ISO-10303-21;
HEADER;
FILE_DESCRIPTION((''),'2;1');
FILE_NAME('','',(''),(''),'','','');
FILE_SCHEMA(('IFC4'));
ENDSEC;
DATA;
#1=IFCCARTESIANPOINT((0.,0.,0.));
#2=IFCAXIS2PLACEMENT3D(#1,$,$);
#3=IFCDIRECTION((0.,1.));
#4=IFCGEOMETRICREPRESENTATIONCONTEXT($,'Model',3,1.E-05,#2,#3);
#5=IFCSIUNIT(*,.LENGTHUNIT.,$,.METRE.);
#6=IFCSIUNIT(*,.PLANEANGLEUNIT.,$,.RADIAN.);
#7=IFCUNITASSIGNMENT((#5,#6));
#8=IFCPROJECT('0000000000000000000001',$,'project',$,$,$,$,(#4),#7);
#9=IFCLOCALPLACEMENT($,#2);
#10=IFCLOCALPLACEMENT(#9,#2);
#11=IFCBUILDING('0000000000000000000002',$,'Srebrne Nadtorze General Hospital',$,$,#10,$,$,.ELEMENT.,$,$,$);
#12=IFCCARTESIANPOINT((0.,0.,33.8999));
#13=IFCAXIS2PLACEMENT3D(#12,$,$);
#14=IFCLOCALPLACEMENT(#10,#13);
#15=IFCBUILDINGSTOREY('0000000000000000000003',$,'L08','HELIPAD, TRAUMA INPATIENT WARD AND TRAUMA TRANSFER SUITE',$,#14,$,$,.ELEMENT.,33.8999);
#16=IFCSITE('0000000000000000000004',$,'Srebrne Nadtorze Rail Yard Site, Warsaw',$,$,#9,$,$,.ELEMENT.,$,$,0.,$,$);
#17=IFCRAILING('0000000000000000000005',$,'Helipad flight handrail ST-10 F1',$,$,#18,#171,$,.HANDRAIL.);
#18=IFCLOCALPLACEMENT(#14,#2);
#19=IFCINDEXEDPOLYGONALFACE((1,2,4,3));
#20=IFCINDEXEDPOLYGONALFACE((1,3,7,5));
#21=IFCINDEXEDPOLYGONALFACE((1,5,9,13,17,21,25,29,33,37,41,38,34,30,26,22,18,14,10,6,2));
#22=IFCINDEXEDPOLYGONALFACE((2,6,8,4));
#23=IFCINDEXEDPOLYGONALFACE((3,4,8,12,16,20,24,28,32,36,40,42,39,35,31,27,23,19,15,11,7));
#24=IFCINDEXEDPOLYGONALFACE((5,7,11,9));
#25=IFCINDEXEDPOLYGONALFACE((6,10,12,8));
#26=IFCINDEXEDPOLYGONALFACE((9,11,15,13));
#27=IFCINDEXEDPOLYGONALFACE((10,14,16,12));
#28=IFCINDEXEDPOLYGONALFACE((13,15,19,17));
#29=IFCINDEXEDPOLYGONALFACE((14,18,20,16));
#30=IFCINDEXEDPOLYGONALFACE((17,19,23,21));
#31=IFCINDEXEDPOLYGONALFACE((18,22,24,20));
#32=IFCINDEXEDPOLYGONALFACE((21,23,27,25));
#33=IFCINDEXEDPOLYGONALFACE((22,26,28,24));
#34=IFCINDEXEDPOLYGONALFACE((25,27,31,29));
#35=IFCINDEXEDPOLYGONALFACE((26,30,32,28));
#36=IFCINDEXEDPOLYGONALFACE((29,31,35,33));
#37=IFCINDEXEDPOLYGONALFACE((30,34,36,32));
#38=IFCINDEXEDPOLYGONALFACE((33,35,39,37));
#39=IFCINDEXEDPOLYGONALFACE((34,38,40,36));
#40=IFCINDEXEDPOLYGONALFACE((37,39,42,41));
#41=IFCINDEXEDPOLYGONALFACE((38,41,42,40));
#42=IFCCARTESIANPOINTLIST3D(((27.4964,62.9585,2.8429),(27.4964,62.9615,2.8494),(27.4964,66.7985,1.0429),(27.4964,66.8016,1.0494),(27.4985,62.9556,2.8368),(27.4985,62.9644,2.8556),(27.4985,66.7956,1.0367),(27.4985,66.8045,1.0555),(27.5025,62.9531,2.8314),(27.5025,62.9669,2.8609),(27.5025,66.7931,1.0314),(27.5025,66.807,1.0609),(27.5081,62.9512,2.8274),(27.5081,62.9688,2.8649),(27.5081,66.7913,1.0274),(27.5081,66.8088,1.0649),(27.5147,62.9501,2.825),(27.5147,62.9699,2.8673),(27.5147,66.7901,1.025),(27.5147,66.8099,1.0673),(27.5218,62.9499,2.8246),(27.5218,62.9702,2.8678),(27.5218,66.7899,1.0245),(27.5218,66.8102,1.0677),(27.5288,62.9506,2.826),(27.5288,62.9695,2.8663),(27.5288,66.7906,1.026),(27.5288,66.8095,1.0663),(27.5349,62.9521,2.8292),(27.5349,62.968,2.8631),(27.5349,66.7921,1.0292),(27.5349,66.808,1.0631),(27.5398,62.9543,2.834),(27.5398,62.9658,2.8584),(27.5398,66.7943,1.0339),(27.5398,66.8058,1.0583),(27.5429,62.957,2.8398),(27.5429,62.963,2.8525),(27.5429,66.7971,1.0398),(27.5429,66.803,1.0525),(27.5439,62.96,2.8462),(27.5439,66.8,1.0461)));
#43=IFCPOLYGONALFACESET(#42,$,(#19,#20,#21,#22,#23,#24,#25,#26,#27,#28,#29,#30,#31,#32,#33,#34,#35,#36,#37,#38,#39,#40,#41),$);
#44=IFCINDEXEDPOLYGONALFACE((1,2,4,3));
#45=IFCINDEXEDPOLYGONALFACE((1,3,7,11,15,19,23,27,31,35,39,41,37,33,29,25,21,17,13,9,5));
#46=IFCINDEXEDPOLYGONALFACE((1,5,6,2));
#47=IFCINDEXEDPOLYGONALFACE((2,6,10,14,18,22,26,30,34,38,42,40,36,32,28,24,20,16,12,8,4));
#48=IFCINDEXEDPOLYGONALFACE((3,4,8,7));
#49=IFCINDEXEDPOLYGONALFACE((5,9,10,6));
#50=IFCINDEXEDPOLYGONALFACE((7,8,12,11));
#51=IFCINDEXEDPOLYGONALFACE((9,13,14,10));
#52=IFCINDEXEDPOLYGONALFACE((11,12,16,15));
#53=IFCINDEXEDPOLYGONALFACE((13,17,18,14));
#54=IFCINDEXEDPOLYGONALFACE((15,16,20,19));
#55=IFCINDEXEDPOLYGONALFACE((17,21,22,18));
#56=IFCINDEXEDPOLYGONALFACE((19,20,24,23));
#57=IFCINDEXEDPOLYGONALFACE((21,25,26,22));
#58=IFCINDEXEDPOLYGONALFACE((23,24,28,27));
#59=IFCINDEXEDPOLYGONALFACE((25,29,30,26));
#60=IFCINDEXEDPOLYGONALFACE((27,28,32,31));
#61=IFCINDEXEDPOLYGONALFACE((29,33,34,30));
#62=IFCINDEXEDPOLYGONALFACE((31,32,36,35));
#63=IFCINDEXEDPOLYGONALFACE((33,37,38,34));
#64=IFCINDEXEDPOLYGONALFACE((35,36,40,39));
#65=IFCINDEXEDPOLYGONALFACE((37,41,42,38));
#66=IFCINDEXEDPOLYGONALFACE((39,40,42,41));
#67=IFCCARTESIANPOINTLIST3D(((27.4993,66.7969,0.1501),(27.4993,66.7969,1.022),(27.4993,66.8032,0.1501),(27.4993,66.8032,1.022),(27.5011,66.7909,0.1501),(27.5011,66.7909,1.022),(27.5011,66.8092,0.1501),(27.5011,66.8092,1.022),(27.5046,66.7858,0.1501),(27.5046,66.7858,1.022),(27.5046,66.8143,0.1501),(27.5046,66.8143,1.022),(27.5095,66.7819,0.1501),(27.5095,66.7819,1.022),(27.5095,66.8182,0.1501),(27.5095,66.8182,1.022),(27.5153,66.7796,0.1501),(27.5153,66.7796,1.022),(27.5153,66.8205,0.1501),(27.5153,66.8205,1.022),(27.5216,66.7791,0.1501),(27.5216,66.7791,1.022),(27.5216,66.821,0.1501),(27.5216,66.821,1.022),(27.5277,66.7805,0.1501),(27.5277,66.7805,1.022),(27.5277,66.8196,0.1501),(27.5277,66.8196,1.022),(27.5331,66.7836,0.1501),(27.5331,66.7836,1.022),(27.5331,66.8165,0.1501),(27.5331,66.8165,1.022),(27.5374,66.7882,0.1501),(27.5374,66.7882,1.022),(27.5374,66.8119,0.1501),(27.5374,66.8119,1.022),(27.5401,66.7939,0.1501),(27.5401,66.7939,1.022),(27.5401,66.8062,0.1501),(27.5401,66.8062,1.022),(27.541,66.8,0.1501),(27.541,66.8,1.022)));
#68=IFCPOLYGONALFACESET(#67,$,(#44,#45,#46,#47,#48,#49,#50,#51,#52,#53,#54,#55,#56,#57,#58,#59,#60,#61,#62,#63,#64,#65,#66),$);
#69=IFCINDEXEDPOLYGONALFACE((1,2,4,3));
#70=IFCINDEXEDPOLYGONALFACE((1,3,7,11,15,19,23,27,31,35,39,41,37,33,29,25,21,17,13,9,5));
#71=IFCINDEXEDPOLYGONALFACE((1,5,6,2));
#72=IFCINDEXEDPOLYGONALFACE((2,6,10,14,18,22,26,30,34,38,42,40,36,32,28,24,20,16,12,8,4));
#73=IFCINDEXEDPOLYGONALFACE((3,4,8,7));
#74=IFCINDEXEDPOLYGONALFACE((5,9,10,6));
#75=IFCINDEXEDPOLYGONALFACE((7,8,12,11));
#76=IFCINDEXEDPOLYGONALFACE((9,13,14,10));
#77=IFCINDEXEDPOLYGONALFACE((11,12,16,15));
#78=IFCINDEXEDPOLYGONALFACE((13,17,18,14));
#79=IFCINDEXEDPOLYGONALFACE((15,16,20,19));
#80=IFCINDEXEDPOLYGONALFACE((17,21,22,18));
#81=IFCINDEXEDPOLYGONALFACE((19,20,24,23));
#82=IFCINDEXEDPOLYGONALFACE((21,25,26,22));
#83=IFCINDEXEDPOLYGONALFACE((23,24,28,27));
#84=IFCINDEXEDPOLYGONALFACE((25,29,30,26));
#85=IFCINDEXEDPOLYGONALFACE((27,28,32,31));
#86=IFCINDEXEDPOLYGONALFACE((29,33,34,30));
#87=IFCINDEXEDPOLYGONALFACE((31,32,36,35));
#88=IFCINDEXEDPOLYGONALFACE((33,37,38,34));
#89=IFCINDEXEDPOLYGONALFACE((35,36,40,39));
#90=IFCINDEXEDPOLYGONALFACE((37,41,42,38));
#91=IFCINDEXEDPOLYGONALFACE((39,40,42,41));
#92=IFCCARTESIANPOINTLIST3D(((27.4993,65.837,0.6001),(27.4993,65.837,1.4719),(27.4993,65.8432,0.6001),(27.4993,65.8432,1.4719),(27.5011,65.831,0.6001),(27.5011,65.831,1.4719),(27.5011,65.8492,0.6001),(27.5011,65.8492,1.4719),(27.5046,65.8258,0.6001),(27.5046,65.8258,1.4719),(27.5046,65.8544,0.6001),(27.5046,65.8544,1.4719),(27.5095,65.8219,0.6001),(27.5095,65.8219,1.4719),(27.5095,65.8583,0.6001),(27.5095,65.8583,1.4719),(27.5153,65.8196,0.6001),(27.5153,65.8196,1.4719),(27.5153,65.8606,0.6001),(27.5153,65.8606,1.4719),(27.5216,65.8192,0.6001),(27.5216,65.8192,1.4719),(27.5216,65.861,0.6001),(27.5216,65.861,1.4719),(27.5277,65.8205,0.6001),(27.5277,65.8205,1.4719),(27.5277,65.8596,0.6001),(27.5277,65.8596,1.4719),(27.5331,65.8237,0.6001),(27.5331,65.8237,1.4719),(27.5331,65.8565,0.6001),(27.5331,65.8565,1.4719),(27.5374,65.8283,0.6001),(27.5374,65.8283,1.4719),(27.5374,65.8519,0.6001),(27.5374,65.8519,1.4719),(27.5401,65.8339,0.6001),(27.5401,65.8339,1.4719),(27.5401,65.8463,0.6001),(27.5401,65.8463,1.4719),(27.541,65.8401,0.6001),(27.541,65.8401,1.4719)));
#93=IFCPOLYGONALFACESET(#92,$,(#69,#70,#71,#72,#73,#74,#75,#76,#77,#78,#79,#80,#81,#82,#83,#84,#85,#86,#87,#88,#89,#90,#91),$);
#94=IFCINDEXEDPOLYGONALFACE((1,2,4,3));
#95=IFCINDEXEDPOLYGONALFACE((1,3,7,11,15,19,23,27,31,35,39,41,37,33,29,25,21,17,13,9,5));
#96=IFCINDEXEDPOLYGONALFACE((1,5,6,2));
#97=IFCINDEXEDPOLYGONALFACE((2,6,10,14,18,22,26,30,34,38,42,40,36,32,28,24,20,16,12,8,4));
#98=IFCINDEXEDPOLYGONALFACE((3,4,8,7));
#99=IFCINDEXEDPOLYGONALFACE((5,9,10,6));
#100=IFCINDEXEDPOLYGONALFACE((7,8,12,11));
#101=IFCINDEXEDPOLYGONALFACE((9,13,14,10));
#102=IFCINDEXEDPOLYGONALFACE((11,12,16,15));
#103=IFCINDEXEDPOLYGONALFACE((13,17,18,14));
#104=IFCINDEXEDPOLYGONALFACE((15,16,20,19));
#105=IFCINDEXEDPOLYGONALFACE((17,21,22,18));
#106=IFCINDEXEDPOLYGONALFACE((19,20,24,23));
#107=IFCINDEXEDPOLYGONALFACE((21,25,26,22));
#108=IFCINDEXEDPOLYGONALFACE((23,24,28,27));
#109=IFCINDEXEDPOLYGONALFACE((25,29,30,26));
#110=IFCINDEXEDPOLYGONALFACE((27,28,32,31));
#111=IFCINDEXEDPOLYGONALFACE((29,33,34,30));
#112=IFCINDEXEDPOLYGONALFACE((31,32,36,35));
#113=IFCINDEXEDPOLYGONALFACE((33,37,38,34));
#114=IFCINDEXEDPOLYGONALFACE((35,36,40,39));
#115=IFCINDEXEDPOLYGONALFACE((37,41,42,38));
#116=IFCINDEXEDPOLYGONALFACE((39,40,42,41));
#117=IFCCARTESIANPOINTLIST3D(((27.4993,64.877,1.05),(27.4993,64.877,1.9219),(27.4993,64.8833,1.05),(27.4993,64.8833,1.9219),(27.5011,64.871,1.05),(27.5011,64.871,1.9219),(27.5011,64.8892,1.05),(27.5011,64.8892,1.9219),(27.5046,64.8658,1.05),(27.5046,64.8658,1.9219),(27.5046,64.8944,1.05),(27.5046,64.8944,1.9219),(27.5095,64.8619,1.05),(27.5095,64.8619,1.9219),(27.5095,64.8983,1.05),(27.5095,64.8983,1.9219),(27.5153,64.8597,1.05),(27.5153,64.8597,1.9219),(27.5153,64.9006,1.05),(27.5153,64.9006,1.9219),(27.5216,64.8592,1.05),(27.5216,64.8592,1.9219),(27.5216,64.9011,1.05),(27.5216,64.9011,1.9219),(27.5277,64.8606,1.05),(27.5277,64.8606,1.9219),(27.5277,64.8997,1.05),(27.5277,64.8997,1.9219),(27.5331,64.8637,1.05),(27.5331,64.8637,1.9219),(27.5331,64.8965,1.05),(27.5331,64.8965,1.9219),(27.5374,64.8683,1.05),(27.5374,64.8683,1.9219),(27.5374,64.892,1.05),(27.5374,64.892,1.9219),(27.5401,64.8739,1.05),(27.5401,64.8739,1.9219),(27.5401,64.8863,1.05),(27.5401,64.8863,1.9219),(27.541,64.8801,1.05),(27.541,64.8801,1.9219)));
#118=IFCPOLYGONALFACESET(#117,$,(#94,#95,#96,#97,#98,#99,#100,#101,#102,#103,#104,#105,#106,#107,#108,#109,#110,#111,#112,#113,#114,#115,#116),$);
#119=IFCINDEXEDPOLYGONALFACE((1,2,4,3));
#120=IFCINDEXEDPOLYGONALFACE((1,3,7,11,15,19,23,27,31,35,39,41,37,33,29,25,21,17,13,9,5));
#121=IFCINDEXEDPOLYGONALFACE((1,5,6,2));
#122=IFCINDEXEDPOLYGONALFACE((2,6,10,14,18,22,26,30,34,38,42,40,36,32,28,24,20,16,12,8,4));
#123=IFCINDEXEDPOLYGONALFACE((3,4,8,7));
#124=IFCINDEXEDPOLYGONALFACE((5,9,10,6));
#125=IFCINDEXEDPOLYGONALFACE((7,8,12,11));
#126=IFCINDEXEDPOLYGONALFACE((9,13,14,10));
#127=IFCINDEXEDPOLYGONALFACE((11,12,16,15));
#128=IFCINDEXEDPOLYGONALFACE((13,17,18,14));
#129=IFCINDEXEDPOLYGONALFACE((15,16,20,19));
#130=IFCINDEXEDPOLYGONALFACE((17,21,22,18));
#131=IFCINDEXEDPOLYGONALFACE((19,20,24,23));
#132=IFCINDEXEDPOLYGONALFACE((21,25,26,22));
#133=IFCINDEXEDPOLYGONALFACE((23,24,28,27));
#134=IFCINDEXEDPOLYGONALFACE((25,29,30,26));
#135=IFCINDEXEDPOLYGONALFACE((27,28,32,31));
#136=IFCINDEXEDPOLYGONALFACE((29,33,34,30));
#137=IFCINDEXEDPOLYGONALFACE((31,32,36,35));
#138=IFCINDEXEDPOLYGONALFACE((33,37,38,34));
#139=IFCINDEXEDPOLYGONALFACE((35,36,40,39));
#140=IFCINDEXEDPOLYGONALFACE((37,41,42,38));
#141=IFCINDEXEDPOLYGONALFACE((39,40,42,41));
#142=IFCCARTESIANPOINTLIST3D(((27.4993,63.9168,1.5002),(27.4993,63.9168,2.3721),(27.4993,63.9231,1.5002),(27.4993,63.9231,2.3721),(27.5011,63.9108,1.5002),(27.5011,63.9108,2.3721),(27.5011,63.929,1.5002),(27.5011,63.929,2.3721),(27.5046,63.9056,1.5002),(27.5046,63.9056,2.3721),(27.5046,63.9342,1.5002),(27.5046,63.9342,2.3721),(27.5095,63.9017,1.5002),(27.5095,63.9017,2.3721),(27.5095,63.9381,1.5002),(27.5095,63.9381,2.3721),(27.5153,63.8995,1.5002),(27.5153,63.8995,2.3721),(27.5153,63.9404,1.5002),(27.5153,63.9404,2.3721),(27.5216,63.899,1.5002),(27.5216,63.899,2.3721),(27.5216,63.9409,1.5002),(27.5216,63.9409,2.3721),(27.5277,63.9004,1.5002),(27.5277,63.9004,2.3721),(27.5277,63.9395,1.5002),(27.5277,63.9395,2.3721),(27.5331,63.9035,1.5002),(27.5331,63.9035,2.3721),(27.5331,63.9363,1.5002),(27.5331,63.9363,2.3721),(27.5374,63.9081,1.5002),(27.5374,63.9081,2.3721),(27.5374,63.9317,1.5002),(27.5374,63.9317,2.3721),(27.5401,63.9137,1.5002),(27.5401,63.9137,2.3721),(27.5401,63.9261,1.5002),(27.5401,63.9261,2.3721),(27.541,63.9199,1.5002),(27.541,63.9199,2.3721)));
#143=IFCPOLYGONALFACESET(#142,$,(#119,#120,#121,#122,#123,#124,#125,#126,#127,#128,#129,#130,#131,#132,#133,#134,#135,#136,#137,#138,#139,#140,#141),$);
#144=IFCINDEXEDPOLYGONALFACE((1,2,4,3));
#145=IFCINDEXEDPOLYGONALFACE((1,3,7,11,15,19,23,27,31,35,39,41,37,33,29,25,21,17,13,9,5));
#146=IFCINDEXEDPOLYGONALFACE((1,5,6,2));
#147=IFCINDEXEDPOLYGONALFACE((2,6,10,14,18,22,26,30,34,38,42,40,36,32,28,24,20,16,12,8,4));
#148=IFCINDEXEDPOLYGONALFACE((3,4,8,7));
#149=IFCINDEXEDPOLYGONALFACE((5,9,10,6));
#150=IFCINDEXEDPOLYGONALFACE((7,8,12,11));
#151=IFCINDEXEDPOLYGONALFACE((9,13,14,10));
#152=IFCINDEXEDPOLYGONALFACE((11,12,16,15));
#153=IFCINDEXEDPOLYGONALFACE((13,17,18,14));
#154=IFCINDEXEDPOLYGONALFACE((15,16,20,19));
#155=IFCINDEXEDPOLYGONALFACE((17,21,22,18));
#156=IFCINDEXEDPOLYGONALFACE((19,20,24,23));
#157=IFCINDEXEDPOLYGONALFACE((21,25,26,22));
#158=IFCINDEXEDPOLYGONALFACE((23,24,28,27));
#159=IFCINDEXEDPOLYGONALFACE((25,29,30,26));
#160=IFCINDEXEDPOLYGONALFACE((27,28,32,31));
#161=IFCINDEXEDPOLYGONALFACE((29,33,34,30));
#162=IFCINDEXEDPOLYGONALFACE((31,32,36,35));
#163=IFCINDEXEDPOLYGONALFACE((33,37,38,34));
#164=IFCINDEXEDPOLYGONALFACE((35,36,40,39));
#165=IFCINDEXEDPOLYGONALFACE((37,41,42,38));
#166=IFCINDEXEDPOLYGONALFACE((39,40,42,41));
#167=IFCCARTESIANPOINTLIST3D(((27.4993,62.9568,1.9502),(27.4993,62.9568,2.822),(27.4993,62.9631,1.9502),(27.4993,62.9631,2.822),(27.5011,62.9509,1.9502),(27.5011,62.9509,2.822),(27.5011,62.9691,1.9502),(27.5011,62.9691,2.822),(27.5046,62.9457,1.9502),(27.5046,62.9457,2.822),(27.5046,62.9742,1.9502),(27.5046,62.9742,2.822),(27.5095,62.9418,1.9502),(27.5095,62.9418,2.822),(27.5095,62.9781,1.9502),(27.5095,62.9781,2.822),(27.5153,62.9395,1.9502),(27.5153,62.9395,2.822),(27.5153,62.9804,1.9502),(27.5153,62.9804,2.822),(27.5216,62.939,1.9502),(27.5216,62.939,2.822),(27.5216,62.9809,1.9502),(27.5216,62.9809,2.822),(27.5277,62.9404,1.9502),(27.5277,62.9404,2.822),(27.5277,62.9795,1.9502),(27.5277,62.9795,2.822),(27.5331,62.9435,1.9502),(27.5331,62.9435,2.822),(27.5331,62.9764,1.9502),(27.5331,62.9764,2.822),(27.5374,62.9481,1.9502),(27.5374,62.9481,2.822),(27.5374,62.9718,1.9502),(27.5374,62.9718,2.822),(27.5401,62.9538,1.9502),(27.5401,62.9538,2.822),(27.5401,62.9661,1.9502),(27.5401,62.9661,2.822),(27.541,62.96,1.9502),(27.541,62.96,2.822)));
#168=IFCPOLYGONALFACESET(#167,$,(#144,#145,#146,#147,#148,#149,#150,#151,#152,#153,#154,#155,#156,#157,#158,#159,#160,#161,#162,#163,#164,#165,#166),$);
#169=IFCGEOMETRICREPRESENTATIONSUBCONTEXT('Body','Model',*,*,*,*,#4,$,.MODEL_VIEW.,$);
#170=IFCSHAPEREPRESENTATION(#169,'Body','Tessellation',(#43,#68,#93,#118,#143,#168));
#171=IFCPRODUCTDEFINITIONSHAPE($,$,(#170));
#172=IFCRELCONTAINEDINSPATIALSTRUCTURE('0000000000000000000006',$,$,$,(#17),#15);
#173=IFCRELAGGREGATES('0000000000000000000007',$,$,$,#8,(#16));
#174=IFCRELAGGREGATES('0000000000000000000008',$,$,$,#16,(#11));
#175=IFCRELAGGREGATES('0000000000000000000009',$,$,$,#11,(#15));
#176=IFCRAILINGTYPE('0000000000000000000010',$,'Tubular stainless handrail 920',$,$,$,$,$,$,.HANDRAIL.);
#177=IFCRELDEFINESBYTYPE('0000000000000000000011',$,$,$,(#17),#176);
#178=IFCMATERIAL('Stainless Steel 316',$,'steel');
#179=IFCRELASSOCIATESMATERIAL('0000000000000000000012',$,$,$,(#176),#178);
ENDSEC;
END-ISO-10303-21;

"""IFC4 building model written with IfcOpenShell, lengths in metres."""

from ifc_helpers import new_model, si_unit, direction, frame, origin, origin_2d, place, context, subcontext, project, spatial, circle, extrude, material, type_object, element, save


model = new_model("IFC4")

# Units and contexts
model_context = context("Model", 3, precision=1e-05, world=origin(), true_north=direction((0.0, 1.0)))
body_context = subcontext(model_context, "Body", "Model", "MODEL_VIEW")
ifc_project = project(units=[si_unit("LENGTHUNIT", "METRE"), si_unit("PLANEANGLEUNIT", "RADIAN")], contexts=[model_context])

# Site, building, storey
site_placement = place(None, origin())
site = spatial("IfcSite", under=ifc_project, at=site_placement, Name="Srebrne Nadtorze Rail Yard Site, Warsaw", CompositionType="ELEMENT", RefElevation=0.0)
building_placement = place(site_placement, origin())
building = spatial("IfcBuilding", under=site, at=building_placement, Name="Srebrne Nadtorze General Hospital", CompositionType="ELEMENT")
storey_placement = place(building_placement, frame((0.0, 0.0, 33.8999)))
storey = spatial("IfcBuildingStorey", under=building, at=storey_placement, Name="L08", Description="HELIPAD, TRAUMA INPATIENT WARD AND TRAUMA TRANSFER SUITE", CompositionType="ELEMENT", Elevation=33.8999)

# Railing
ifc_material_1 = material(Name="Stainless Steel 316", Category="steel")
railing_type_1 = type_object("IfcRailingType", Name="Tubular stainless handrail 920", PredefinedType="HANDRAIL", material=ifc_material_1)
railing_1_placement = place(storey_placement, frame((27.52, 66.8, 0.1501)))
element("IfcRailing", 1, at=railing_1_placement, inside=storey, type_object=railing_type_1, Name="Helipad flight handrail ST-10 F1", PredefinedType="HANDRAIL", context=body_context, shape_type="SweptSolid", body=[
    extrude(circle(Radius=0.0239, at=origin_2d()), frame((0.0, 0.0, 0.896), z_axis=(0.0, -0.905458, 0.424435), x_axis=(1.0, 0.0, 0.0)), (0.0, 0.0, 1.0), 4.241),
    extrude(circle(Radius=0.021, at=origin_2d()), origin(), (0.0, 0.0, 1.0), 0.8718),
    extrude(circle(Radius=0.021, at=origin_2d()), frame((0.0, -0.96, 0.45)), (0.0, 0.0, 1.0), 0.8718),
    extrude(circle(Radius=0.021, at=origin_2d()), frame((0.0, -1.9199, 0.8999)), (0.0, 0.0, 1.0), 0.8718),
    extrude(circle(Radius=0.021, at=origin_2d()), frame((0.0, -2.8801, 1.3501)), (0.0, 0.0, 1.0), 0.8718),
    extrude(circle(Radius=0.021, at=origin_2d()), frame((0.0, -3.8401, 1.8)), (0.0, 0.0, 1.0), 0.8718),
])

save(model, "model.ifc")
